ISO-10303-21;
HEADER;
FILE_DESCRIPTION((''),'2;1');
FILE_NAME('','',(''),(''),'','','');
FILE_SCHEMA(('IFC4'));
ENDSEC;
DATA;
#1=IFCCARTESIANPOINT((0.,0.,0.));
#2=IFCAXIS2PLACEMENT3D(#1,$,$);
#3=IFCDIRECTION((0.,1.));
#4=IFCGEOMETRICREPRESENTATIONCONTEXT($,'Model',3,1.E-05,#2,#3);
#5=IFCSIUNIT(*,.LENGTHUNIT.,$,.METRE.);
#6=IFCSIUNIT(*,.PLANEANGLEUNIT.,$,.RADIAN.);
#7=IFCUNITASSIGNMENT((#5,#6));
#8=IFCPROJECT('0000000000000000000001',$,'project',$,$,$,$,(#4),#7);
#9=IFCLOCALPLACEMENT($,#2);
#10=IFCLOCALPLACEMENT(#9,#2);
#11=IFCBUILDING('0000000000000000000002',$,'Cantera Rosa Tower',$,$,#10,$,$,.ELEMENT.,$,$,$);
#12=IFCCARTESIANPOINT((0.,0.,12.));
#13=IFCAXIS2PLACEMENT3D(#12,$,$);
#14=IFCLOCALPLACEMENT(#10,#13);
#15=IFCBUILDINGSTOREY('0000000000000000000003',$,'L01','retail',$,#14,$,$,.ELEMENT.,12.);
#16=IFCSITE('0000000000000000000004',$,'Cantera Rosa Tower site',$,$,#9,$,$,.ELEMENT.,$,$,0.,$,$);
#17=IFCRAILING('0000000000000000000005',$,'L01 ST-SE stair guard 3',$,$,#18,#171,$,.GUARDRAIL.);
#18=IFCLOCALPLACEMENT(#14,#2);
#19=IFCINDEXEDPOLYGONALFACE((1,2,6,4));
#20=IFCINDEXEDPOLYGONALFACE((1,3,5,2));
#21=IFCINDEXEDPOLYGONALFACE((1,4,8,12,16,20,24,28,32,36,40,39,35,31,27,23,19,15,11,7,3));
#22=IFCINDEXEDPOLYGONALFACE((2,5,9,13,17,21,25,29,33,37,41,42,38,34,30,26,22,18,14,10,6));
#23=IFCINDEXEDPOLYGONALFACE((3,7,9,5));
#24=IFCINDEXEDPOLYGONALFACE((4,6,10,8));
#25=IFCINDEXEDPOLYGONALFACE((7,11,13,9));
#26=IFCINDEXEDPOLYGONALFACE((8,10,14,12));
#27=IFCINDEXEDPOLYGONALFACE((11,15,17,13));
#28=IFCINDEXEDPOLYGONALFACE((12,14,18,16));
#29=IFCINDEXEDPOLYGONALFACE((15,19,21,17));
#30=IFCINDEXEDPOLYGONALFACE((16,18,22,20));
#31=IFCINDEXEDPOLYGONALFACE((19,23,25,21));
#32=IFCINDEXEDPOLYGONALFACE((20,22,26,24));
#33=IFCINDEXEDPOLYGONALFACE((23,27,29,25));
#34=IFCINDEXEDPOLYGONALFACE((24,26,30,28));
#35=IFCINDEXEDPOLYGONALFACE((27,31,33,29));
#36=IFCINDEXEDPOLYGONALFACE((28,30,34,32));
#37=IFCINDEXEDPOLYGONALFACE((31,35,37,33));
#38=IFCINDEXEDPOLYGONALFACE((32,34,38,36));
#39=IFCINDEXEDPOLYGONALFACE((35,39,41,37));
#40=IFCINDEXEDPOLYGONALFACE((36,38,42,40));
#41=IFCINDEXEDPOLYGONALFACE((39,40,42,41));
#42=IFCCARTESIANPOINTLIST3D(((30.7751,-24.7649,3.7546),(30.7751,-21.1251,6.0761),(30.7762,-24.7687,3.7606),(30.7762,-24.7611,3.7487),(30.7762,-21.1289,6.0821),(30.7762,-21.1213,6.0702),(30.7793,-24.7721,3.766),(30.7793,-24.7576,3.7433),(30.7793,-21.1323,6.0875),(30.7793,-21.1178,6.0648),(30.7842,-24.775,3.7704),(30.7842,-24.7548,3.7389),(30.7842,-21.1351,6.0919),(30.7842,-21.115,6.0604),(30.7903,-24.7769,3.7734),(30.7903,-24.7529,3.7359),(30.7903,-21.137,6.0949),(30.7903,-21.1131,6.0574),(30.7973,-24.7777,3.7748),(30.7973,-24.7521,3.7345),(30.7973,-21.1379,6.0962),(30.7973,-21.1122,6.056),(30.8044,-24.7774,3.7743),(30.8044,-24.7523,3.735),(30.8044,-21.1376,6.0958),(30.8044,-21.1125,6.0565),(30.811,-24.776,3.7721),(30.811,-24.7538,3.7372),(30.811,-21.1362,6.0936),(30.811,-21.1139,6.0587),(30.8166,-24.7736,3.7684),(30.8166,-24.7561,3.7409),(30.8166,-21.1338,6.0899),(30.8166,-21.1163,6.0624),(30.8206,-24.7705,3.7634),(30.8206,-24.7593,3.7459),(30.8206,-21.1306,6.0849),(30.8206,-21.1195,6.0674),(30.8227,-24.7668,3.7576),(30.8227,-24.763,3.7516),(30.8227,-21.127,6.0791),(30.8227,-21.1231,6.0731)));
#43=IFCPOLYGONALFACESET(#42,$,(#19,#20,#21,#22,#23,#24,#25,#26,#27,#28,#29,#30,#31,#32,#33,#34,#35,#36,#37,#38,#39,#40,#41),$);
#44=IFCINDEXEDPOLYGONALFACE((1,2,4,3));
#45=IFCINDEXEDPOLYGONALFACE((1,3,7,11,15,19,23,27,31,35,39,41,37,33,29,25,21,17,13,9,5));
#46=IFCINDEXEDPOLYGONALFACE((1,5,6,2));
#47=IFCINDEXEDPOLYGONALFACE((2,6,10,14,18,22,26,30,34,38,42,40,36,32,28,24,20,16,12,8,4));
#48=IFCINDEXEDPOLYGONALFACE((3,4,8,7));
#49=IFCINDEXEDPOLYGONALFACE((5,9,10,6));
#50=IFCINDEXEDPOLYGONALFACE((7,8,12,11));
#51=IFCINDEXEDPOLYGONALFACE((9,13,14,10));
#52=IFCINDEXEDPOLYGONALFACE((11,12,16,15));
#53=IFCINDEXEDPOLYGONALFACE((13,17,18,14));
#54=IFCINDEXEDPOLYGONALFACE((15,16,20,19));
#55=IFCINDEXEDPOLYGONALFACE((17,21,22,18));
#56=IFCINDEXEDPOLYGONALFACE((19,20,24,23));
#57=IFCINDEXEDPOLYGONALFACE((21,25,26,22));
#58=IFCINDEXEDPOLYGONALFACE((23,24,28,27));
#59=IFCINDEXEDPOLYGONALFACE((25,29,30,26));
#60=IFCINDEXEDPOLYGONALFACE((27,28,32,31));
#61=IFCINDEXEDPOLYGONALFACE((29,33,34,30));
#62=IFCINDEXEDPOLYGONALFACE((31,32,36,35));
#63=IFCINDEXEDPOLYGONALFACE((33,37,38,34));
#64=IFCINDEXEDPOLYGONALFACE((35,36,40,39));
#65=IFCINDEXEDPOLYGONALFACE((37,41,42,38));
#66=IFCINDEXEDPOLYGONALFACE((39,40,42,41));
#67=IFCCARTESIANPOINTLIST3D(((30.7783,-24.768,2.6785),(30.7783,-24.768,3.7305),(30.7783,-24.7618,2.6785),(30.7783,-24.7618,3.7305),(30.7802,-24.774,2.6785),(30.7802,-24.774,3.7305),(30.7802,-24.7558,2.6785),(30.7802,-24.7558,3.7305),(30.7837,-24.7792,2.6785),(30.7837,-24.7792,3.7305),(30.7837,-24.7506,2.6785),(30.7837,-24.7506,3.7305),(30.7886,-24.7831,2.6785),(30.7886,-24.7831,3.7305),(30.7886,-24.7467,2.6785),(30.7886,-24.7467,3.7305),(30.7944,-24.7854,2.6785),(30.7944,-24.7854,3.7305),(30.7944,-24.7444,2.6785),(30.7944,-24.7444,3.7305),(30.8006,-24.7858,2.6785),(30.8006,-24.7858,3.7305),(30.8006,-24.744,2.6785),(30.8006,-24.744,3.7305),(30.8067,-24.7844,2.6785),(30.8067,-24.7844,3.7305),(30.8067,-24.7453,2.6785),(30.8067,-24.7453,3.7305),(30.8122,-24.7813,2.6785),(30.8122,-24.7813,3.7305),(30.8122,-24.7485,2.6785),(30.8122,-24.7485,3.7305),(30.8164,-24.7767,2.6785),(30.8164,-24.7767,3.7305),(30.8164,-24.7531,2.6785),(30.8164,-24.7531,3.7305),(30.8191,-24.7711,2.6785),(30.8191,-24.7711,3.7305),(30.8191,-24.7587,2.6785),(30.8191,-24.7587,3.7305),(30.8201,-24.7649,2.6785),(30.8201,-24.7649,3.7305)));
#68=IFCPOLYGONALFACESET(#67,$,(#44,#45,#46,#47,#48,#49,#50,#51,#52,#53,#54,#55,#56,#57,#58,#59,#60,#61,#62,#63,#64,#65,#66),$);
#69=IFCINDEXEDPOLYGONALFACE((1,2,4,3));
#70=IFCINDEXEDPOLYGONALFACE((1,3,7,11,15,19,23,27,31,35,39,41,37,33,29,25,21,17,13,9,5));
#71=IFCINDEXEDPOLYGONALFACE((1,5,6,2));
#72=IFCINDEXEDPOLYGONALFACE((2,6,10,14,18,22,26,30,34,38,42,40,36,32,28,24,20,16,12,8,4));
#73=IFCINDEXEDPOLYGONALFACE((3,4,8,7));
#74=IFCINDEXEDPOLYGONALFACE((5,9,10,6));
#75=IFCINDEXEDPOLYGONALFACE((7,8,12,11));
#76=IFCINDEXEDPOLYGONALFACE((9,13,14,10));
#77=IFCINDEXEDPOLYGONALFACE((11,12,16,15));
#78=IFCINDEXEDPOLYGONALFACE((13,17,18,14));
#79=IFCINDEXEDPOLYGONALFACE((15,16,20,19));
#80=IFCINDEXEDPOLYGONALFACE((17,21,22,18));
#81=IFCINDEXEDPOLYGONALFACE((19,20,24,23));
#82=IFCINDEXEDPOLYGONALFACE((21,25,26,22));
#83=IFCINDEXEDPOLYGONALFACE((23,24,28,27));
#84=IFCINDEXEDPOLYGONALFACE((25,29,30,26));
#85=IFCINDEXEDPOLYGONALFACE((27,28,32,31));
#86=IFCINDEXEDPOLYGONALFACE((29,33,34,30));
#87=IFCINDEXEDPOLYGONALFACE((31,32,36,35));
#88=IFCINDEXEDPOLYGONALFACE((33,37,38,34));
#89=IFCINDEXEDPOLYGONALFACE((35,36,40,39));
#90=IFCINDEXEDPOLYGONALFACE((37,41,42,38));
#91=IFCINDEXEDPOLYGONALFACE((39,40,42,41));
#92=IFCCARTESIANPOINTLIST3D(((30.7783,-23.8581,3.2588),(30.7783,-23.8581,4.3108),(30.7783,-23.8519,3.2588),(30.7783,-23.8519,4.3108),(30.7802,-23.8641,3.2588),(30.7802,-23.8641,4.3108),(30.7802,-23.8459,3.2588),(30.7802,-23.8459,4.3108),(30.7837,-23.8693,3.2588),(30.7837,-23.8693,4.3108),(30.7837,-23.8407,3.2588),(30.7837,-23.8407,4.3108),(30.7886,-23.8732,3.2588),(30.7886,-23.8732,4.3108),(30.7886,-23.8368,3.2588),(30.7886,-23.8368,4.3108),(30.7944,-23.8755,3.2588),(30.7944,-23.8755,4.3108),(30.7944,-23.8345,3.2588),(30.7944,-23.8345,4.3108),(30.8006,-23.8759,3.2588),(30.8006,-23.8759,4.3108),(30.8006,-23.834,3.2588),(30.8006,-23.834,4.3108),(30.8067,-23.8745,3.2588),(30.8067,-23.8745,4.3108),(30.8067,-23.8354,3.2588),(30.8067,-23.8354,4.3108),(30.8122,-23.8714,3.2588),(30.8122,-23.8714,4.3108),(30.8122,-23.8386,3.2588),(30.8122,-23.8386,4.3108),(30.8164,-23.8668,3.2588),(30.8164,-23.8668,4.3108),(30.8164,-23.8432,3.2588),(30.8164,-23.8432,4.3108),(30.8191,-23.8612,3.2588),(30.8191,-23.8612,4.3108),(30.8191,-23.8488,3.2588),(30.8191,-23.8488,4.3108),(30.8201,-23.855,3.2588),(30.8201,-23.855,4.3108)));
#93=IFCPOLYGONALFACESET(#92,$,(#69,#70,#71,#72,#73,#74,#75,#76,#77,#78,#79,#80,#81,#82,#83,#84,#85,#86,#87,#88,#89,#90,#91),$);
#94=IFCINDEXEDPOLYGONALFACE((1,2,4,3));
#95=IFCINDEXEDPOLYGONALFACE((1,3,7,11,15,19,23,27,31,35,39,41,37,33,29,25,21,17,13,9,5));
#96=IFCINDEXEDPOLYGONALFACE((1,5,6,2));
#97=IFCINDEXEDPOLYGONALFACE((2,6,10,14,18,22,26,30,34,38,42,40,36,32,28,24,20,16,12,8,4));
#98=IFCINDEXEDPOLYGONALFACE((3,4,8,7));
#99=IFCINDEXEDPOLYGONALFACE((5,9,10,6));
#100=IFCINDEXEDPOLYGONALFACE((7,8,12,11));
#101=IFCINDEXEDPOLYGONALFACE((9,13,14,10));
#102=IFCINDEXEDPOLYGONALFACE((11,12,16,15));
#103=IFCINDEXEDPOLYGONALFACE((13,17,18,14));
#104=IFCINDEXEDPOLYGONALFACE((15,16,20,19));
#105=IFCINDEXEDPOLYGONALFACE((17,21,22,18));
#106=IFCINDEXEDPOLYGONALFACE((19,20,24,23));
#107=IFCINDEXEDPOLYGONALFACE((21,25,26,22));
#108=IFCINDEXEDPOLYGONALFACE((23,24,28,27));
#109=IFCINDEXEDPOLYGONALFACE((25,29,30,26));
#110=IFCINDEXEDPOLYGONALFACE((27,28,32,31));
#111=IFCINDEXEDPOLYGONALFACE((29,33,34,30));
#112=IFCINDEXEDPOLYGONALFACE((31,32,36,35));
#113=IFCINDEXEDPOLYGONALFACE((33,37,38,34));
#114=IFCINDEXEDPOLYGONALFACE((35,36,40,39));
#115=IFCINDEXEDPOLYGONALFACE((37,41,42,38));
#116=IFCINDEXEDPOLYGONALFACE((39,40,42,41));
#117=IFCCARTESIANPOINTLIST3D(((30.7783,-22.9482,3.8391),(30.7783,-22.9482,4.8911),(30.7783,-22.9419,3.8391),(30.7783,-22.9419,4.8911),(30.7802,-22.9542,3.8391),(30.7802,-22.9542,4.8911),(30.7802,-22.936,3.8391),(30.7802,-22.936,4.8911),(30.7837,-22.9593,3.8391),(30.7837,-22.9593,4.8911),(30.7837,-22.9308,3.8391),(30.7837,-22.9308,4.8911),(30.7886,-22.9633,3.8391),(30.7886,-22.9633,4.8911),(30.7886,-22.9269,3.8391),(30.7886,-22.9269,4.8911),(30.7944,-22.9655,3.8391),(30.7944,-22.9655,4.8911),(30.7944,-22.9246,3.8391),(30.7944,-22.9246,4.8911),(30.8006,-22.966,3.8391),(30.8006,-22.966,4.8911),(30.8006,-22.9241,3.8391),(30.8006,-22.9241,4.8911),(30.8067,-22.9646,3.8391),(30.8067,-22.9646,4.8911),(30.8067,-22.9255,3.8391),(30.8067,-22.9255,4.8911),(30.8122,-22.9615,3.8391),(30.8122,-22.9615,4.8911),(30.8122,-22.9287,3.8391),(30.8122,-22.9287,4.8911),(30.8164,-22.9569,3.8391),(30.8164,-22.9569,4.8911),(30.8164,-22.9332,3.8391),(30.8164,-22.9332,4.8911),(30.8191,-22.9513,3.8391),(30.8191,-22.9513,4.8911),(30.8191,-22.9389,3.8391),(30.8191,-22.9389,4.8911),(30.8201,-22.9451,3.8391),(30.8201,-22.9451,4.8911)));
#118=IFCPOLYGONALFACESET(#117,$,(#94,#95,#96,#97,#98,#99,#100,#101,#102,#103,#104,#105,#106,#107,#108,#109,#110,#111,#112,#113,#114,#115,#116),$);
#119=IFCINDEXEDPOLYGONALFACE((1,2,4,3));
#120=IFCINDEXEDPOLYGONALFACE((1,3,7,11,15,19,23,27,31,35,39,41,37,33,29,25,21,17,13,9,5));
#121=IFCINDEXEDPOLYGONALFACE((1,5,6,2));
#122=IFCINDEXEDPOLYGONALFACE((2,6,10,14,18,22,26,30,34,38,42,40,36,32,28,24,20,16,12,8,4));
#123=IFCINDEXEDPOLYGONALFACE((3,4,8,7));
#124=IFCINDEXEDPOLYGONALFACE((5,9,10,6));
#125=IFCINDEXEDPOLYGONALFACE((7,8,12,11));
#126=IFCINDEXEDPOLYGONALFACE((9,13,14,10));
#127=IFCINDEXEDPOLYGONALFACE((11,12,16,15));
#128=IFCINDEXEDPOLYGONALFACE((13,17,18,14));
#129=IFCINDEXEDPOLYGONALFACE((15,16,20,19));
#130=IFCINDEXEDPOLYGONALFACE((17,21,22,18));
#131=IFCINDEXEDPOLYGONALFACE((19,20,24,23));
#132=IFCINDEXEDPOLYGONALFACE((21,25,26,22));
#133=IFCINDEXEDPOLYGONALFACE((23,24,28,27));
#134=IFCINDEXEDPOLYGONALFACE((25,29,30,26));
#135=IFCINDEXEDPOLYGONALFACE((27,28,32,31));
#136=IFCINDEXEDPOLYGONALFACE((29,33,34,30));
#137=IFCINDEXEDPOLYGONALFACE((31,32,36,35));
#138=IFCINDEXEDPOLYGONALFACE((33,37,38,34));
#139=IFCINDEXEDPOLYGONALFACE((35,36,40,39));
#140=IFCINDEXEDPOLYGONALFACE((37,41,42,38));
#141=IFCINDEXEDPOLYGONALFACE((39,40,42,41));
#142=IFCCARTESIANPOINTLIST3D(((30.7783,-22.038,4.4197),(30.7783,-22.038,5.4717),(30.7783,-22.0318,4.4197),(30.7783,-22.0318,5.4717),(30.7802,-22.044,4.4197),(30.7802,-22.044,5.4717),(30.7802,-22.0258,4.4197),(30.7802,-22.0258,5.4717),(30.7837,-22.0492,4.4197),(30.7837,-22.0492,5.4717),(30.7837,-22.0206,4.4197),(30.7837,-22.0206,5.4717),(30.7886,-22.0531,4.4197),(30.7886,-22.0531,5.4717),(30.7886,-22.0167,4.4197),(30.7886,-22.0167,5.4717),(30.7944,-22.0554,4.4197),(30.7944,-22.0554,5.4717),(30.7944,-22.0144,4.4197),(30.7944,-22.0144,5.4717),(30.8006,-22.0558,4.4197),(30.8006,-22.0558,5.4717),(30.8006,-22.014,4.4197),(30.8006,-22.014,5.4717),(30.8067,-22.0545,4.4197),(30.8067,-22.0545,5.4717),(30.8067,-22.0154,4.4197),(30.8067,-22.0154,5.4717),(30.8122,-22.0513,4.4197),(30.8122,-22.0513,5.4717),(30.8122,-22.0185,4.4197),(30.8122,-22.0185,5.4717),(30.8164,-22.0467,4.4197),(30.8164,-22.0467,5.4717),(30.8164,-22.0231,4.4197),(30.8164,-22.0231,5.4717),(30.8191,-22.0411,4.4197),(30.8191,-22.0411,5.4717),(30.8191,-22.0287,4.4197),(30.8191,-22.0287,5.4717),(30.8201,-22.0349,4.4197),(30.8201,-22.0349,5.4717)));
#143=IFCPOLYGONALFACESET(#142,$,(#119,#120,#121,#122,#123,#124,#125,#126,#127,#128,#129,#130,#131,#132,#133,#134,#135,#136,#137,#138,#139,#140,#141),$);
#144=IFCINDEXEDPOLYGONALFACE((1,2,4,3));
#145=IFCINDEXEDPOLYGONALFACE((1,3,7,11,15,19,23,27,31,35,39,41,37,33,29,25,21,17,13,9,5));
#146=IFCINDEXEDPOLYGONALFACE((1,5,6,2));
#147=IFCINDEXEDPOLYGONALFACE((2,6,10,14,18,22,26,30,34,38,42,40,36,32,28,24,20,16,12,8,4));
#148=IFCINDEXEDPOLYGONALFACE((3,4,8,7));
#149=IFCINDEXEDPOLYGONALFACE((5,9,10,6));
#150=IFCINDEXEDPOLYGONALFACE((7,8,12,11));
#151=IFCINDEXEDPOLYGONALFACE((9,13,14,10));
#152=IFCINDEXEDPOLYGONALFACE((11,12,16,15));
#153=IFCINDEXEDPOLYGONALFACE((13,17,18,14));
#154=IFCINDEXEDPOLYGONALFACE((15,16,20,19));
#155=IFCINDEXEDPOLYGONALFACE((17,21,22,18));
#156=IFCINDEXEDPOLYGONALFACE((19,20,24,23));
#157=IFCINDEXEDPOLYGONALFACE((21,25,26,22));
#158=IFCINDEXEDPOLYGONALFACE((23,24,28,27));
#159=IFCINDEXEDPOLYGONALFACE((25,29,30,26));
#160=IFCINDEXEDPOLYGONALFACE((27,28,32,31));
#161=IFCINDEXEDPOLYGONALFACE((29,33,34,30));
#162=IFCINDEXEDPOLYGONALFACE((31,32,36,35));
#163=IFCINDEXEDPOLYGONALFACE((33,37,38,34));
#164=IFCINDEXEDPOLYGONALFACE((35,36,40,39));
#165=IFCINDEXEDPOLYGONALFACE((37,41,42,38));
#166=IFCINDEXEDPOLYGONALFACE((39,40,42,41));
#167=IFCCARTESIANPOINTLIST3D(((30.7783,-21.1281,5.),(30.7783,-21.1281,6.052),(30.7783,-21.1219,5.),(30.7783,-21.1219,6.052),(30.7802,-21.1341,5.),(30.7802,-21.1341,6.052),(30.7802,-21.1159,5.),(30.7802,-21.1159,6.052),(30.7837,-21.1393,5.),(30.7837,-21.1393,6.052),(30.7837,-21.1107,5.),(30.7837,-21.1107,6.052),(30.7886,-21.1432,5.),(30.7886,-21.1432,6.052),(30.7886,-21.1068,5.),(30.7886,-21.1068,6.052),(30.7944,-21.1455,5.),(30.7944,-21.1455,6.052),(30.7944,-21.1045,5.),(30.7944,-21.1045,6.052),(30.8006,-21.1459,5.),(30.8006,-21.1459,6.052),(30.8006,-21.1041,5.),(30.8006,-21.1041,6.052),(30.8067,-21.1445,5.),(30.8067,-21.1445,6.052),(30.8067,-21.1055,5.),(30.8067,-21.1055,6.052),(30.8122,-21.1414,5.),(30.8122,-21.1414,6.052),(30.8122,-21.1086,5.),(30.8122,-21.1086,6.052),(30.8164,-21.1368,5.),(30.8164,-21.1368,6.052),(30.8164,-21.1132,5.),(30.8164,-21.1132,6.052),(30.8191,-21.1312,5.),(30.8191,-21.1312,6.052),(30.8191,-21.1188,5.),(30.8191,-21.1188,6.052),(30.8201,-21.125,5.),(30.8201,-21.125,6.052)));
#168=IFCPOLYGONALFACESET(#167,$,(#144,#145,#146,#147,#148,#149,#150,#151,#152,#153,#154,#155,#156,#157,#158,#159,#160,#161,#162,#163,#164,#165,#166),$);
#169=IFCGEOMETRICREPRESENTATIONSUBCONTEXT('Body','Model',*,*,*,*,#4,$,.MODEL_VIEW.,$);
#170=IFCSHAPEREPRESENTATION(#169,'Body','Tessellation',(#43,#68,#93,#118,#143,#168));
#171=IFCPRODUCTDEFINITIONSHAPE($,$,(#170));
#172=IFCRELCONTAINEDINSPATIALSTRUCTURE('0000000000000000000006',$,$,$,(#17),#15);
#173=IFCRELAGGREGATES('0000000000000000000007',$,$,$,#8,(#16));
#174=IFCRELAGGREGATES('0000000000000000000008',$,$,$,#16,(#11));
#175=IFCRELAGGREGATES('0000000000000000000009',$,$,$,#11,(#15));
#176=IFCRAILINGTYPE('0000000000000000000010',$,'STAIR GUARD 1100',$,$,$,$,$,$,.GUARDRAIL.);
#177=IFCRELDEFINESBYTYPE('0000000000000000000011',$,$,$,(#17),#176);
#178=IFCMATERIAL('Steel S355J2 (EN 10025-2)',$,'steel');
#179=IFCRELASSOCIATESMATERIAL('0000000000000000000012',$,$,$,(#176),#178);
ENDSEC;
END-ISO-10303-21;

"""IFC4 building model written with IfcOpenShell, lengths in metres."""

from ifc_helpers import new_model, si_unit, direction, frame, origin, origin_2d, place, context, subcontext, project, spatial, circle, extrude, material, type_object, element, save


model = new_model("IFC4")

# Units and contexts
model_context = context("Model", 3, precision=1e-05, world=origin(), true_north=direction((0.0, 1.0)))
body_context = subcontext(model_context, "Body", "Model", "MODEL_VIEW")
ifc_project = project(units=[si_unit("LENGTHUNIT", "METRE"), si_unit("PLANEANGLEUNIT", "RADIAN")], contexts=[model_context])

# Site, building, storey
site_placement = place(None, origin())
site = spatial("IfcSite", under=ifc_project, at=site_placement, Name="Cantera Rosa Tower site", CompositionType="ELEMENT", RefElevation=0.0)
building_placement = place(site_placement, origin())
building = spatial("IfcBuilding", under=site, at=building_placement, Name="Cantera Rosa Tower", CompositionType="ELEMENT")
storey_placement = place(building_placement, frame((0.0, 0.0, 12.0)))
storey = spatial("IfcBuildingStorey", under=building, at=storey_placement, Name="L01", Description="retail", CompositionType="ELEMENT", Elevation=12.0)

# Railing
ifc_material_1 = material(Name="Steel S355J2 (EN 10025-2)", Category="steel")
railing_type_1 = type_object("IfcRailingType", Name="STAIR GUARD 1100", PredefinedType="GUARDRAIL", material=ifc_material_1)
railing_1_placement = place(storey_placement, frame((30.7991, -24.7649, 2.6785)))
element("IfcRailing", 1, at=railing_1_placement, inside=storey, type_object=railing_type_1, Name="L01 ST-SE stair guard 3", PredefinedType="GUARDRAIL", context=body_context, shape_type="SweptSolid", body=[
    extrude(circle(Radius=0.0239, at=origin_2d()), frame((0.0, 0.0, 1.0762), z_axis=(0.0, 0.843112, 0.537739), x_axis=(-1.0, 0.0, 0.0)), (0.0, 0.0, 1.0), 4.3171),
    extrude(circle(Radius=0.021, at=origin_2d()), origin(), (0.0, 0.0, 1.0), 1.052),
    extrude(circle(Radius=0.021, at=origin_2d()), frame((0.0, 0.9099, 0.5803)), (0.0, 0.0, 1.0), 1.052),
    extrude(circle(Radius=0.021, at=origin_2d()), frame((0.0, 1.8198, 1.1606)), (0.0, 0.0, 1.0), 1.052),
    extrude(circle(Radius=0.021, at=origin_2d()), frame((0.0, 2.73, 1.7412)), (0.0, 0.0, 1.0), 1.052),
    extrude(circle(Radius=0.021, at=origin_2d()), frame((0.0, 3.6399, 2.3215)), (0.0, 0.0, 1.0), 1.052),
])

save(model, "model.ifc")
